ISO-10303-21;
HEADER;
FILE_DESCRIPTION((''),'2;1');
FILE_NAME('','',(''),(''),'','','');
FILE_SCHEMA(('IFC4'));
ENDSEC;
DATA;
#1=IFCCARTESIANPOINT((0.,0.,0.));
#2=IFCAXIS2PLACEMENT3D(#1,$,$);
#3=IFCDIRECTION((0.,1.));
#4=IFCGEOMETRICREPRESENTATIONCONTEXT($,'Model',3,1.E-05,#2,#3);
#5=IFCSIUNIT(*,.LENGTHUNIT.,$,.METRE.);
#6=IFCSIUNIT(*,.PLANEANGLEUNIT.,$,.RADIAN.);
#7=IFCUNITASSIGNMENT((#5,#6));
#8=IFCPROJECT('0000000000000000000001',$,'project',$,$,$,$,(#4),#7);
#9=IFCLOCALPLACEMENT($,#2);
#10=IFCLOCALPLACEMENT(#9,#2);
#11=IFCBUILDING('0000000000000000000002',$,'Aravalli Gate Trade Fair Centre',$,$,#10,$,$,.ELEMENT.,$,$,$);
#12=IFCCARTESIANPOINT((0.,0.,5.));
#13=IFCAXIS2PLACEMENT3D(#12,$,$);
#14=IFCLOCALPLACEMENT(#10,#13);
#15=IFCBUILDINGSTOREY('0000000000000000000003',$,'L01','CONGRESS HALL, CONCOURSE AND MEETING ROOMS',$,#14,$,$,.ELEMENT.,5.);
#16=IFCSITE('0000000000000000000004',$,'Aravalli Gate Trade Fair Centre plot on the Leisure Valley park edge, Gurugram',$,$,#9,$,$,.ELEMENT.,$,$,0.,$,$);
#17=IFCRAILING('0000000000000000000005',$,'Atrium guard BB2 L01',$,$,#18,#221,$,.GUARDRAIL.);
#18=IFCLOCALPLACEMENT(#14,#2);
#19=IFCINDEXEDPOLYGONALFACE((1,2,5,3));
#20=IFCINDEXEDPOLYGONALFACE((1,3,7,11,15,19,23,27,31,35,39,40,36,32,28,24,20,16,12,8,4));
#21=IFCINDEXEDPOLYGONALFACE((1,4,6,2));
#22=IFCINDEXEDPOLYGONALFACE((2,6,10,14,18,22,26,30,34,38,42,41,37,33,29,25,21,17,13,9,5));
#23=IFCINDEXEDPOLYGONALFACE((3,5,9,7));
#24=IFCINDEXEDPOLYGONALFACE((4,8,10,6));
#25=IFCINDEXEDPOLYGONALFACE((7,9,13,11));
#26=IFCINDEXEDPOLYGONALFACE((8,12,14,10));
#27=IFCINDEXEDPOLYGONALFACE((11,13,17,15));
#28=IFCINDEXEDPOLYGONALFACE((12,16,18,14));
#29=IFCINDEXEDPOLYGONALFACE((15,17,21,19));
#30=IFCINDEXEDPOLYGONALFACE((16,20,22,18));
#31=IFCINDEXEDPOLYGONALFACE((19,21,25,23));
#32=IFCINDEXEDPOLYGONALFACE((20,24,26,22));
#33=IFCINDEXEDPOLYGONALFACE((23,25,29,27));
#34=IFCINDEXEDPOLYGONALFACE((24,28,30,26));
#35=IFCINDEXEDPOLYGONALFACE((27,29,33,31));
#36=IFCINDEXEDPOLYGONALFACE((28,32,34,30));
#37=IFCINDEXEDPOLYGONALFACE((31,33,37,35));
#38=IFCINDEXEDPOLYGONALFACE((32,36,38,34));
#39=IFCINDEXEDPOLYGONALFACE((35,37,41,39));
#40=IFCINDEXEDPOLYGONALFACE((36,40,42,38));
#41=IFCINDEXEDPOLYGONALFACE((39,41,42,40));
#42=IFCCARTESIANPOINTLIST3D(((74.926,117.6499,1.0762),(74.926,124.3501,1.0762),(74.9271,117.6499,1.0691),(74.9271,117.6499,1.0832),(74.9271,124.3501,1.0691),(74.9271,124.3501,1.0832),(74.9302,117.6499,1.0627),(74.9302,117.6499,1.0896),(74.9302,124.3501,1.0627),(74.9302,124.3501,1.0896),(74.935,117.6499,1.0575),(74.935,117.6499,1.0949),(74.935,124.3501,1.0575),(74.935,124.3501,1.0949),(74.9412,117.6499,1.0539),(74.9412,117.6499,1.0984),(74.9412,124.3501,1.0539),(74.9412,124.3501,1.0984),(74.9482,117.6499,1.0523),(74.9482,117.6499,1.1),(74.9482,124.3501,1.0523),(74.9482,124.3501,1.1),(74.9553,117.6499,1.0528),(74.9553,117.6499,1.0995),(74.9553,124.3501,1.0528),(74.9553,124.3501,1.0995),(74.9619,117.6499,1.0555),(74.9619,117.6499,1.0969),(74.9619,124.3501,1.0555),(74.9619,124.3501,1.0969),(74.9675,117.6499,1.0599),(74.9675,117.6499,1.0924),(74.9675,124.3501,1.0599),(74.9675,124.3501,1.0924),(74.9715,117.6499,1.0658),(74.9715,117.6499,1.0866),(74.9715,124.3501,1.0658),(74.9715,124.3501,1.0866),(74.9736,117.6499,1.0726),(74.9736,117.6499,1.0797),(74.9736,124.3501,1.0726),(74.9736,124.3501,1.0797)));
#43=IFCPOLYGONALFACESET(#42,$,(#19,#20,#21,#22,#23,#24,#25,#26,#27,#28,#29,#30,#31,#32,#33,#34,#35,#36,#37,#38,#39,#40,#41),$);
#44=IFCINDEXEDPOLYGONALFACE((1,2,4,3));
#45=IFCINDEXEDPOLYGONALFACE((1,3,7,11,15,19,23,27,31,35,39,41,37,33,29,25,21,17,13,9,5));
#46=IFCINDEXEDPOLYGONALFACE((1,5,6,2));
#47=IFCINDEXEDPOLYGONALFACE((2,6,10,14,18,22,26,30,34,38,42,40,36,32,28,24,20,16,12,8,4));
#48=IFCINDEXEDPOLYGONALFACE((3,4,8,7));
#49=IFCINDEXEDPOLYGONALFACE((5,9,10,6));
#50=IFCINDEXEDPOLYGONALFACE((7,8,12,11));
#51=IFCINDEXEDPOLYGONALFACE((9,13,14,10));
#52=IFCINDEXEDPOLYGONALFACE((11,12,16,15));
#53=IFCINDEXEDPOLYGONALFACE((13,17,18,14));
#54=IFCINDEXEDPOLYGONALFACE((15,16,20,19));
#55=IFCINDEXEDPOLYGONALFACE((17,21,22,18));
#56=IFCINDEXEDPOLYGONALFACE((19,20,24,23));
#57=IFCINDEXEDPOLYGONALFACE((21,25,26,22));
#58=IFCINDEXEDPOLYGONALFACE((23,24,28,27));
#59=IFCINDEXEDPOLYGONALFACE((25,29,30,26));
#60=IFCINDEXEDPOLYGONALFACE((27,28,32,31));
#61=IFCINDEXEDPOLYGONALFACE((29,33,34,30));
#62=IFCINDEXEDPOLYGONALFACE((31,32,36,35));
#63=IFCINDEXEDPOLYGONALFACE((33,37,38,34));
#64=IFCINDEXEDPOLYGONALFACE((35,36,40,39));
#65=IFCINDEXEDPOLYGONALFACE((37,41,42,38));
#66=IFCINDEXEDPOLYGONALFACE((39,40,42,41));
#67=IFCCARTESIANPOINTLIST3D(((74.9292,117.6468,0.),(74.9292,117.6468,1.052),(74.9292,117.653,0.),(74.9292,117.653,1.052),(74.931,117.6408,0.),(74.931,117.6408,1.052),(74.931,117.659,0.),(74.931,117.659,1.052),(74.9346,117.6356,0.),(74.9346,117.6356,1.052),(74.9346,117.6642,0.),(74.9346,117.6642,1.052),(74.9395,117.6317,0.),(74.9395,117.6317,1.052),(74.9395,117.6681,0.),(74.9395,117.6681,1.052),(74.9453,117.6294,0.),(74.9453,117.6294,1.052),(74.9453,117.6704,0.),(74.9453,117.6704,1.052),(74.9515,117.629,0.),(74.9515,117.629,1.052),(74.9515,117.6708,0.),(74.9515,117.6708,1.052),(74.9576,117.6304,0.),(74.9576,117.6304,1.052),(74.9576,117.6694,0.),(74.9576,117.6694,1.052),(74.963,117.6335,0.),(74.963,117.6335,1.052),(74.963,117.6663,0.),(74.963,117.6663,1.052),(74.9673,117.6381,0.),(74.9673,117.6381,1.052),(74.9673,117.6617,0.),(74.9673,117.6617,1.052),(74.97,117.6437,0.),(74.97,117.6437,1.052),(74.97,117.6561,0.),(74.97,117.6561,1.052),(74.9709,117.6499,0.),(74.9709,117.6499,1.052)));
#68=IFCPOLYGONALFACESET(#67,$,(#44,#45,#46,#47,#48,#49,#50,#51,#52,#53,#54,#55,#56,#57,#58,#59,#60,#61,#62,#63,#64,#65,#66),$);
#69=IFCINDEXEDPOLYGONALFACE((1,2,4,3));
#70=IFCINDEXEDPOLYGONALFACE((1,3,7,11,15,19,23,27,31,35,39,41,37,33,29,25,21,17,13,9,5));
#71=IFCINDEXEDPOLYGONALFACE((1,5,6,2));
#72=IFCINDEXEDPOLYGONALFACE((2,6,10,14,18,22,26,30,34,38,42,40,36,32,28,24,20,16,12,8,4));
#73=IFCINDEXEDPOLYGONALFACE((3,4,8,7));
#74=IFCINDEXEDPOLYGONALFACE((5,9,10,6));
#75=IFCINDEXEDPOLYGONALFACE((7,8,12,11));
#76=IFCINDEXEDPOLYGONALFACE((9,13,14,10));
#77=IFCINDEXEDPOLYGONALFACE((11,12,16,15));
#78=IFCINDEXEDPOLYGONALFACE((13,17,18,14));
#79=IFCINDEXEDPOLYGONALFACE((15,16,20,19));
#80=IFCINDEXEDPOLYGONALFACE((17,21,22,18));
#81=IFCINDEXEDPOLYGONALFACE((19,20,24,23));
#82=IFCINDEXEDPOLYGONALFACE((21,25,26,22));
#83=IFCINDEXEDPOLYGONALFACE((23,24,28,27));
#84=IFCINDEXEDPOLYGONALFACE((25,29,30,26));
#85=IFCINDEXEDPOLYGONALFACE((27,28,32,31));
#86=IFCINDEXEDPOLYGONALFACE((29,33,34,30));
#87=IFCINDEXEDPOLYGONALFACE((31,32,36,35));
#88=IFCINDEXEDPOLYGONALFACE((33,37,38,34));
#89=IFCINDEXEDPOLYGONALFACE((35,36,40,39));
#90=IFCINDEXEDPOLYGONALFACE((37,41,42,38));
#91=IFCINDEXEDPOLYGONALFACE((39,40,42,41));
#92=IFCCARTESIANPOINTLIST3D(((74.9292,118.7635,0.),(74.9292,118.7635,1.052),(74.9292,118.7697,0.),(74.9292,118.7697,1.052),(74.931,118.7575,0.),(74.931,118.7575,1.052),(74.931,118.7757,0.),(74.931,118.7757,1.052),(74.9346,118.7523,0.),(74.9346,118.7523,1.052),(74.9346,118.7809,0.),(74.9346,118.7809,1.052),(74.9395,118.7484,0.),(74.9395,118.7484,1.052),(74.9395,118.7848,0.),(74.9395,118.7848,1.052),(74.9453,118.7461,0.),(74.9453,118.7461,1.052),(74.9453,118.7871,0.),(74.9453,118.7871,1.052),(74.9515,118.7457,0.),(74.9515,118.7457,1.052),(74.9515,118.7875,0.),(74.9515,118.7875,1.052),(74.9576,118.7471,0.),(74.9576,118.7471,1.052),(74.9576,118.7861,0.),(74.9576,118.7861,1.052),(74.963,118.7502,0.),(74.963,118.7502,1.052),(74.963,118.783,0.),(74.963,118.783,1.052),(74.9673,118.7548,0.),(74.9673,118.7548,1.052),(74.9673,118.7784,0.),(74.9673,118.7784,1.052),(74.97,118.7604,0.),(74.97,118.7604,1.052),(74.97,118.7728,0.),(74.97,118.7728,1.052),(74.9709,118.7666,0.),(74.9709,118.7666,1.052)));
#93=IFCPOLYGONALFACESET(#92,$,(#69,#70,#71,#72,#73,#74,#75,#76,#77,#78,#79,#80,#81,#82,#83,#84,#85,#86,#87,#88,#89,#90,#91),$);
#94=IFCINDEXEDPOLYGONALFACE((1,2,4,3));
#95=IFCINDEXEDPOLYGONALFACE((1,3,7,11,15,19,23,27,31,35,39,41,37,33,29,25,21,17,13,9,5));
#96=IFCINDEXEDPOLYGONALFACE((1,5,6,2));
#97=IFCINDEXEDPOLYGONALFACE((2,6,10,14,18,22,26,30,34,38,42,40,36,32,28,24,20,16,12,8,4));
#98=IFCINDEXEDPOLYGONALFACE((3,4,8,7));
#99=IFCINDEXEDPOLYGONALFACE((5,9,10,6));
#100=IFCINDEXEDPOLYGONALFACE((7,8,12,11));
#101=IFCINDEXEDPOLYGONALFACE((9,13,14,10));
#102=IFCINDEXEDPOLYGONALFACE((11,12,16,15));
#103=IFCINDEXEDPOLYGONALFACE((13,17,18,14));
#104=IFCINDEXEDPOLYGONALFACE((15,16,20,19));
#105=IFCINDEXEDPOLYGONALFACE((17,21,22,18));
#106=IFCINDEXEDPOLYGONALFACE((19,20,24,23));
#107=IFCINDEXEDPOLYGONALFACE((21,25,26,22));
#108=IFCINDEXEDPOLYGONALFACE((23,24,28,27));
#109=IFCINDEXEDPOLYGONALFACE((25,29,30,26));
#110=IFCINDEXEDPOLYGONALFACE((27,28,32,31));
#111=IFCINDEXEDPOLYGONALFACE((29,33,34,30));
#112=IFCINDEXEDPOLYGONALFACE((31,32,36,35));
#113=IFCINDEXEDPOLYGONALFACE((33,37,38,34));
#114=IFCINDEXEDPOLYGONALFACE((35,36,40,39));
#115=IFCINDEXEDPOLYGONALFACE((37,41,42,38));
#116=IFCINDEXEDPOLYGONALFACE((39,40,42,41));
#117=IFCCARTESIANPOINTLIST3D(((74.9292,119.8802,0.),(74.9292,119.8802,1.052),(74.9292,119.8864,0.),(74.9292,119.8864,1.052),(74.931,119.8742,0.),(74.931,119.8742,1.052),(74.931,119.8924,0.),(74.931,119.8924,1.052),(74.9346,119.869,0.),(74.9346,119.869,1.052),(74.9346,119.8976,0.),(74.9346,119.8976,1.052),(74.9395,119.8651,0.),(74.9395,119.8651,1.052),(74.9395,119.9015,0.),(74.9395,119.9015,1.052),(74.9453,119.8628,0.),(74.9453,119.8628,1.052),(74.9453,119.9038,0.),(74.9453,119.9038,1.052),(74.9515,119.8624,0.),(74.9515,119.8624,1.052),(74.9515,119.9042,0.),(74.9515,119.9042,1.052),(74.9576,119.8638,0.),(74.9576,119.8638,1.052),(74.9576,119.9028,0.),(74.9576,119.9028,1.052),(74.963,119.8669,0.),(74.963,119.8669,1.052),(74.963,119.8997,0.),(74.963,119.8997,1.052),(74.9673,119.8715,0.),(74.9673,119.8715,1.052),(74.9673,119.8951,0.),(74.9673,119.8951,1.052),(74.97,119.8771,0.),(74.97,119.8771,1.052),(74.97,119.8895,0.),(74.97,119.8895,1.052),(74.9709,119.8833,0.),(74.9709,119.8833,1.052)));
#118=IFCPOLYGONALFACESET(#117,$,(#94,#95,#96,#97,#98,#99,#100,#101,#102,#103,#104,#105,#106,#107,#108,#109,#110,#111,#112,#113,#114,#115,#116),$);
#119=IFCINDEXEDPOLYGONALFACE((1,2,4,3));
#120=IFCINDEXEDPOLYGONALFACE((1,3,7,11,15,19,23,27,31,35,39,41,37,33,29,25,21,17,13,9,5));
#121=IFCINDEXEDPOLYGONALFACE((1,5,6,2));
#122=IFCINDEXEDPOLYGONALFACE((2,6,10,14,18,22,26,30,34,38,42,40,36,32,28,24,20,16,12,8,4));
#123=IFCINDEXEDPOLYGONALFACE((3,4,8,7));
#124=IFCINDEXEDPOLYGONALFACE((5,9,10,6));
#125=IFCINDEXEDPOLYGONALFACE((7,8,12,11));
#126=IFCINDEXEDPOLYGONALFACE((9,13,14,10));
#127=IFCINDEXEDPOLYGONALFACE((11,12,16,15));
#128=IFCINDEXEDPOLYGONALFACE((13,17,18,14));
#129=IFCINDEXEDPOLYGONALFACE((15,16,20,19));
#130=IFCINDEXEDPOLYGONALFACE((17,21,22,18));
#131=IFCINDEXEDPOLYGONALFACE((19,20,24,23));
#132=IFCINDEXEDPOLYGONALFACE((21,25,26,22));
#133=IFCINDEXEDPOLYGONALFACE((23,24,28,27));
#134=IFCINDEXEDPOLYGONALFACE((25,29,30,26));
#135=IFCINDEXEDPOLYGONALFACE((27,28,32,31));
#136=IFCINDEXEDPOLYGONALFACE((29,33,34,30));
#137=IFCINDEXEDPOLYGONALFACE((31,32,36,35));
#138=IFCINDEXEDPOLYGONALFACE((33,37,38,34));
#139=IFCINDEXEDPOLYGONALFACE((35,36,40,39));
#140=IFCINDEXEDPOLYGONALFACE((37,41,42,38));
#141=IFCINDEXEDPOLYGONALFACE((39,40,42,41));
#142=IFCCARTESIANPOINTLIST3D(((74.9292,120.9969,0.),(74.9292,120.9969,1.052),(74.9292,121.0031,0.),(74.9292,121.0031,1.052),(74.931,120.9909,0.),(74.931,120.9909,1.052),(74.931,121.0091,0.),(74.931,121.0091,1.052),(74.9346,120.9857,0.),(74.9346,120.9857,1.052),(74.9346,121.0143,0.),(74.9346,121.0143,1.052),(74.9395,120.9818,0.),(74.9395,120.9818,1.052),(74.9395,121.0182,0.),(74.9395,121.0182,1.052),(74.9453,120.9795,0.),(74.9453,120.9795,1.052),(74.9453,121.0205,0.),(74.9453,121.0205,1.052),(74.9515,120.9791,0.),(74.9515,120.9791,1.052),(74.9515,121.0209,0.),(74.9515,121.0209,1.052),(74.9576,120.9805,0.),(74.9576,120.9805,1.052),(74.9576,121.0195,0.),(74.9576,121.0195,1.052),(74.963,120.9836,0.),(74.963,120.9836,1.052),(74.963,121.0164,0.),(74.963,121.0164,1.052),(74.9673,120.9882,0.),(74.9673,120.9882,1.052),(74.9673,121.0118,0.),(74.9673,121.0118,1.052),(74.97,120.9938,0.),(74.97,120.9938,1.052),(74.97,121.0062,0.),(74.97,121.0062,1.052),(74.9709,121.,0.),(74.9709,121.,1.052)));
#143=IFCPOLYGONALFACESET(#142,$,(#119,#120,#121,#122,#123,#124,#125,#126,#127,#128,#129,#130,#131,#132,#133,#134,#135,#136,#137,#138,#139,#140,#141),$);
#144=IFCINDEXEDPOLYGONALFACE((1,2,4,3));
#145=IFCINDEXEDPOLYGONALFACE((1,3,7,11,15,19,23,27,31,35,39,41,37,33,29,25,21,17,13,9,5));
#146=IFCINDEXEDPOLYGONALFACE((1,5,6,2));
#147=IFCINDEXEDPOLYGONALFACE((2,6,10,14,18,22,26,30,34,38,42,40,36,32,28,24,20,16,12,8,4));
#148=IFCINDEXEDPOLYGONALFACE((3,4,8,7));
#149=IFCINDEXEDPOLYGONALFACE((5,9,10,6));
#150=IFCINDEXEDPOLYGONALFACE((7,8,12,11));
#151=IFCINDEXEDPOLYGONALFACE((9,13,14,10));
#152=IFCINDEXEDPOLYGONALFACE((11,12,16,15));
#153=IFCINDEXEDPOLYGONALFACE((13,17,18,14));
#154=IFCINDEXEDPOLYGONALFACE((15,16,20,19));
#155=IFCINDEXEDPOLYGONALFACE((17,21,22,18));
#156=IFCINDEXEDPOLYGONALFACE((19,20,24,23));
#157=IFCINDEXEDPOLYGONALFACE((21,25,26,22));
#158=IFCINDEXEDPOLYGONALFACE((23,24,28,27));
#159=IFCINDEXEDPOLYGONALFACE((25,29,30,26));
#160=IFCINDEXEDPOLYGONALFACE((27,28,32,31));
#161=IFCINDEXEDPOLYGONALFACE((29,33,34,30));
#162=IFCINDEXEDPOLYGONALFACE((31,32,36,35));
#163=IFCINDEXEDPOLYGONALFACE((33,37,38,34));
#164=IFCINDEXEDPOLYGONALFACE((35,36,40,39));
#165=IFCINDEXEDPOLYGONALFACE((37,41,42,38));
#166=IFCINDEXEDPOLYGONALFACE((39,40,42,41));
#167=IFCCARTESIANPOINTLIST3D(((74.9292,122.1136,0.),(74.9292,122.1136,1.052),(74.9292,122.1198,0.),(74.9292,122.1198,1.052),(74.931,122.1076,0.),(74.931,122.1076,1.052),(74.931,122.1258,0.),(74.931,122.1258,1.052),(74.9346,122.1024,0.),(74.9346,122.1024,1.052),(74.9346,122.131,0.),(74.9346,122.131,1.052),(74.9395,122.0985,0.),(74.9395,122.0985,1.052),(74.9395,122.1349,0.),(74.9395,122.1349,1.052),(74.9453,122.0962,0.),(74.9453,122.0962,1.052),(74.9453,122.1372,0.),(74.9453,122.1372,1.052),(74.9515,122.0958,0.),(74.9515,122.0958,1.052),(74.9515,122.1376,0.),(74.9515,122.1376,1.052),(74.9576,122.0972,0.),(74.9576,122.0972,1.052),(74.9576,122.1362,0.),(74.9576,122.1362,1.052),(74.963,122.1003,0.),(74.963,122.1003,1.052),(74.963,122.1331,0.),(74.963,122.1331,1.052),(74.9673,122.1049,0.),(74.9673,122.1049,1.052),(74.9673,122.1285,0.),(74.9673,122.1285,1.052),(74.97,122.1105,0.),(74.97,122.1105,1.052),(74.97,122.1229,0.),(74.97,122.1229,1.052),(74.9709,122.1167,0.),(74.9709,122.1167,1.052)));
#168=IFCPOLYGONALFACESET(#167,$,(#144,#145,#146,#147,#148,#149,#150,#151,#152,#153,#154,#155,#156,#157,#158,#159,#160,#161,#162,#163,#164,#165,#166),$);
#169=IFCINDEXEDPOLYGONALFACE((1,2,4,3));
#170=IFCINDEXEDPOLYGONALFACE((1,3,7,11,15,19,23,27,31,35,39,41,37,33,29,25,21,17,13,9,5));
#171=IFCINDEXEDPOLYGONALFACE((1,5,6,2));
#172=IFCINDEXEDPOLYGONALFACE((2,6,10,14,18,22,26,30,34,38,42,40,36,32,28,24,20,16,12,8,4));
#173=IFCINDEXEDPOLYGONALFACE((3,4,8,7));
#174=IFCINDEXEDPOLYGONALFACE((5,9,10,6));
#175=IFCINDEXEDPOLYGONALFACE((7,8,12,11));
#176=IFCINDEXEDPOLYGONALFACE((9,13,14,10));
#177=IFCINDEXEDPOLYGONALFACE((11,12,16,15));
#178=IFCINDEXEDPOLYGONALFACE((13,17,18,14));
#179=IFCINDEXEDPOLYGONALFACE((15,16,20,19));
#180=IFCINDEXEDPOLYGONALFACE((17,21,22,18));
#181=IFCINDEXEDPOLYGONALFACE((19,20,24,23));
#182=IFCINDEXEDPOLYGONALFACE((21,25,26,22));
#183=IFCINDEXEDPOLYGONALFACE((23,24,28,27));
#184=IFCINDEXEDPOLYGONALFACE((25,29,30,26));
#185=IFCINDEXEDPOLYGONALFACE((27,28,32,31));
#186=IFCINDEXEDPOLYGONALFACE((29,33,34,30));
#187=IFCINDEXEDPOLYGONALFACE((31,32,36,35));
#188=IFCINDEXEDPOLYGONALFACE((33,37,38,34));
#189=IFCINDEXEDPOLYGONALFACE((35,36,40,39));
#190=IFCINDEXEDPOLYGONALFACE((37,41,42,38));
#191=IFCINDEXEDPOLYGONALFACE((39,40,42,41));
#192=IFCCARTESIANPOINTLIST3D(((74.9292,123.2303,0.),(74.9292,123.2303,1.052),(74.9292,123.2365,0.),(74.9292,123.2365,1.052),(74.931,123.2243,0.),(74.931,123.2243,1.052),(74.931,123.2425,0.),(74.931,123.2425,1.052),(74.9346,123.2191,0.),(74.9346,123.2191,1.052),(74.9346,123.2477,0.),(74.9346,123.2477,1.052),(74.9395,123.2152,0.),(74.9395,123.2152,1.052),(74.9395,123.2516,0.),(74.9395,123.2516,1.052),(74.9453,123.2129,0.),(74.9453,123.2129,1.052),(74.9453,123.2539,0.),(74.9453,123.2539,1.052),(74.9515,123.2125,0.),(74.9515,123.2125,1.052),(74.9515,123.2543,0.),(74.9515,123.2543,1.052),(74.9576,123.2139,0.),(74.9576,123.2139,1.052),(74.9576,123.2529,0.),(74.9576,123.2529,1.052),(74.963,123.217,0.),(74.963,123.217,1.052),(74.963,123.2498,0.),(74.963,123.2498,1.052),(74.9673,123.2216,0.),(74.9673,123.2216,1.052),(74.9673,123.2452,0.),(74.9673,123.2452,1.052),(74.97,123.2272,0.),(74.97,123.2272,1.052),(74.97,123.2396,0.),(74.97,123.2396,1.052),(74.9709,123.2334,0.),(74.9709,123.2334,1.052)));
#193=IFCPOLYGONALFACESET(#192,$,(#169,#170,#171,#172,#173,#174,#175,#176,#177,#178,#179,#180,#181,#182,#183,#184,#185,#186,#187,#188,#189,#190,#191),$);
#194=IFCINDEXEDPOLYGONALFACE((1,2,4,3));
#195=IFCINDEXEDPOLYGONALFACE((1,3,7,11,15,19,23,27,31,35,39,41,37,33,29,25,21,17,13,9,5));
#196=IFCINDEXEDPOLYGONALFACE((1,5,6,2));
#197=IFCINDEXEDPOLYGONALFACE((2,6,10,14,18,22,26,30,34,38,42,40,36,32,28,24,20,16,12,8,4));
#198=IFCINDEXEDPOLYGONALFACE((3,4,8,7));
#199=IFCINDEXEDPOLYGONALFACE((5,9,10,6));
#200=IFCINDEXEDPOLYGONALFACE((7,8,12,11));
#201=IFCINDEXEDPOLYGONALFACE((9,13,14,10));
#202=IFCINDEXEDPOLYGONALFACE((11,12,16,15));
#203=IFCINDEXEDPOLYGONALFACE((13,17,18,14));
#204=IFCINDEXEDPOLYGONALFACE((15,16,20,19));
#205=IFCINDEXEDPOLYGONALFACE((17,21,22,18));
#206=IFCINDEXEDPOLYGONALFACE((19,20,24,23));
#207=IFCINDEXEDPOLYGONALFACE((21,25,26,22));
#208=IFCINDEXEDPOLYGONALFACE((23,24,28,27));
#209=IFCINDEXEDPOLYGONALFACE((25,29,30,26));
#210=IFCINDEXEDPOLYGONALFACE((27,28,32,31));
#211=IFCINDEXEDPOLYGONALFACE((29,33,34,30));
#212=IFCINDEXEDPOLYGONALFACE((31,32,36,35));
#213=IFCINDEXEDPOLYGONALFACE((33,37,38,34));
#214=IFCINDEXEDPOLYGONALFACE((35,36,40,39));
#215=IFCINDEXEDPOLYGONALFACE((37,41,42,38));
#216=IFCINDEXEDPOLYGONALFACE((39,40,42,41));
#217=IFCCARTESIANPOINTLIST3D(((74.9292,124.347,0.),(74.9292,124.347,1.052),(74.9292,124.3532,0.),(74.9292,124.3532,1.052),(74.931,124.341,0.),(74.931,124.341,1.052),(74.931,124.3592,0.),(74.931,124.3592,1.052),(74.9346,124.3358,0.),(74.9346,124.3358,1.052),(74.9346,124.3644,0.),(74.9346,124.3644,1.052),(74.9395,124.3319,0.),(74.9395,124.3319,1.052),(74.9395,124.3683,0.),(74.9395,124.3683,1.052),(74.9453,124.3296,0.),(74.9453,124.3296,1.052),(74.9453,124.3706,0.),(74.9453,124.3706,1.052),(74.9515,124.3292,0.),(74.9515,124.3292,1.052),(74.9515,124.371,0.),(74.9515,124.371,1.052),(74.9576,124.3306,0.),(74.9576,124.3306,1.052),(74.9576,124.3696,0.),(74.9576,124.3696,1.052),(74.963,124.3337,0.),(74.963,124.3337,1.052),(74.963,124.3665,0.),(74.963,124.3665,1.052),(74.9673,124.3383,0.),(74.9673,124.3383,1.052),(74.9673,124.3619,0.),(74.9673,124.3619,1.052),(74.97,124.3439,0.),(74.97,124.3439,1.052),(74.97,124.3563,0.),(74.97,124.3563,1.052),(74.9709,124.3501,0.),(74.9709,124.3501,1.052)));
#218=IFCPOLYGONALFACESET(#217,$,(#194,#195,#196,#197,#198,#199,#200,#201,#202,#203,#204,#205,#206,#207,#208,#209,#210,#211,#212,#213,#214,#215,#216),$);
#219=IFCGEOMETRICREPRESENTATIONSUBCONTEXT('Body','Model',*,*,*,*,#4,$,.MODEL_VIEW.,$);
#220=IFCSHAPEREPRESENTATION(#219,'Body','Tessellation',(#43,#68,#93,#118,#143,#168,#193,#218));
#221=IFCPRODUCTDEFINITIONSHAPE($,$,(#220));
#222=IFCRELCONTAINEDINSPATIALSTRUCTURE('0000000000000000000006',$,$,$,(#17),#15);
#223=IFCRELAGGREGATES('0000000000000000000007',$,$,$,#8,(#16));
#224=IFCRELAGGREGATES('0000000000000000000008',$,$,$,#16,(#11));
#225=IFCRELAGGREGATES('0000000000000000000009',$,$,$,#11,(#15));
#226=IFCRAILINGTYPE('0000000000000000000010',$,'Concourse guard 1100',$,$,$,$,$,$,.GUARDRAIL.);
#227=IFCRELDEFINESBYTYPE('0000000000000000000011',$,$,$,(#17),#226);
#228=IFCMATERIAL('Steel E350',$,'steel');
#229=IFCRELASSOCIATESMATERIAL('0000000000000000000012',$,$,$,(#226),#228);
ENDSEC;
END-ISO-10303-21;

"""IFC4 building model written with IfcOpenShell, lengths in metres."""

from ifc_helpers import new_model, si_unit, direction, frame, origin, origin_2d, place, context, subcontext, project, spatial, circle, extrude, material, type_object, element, save


model = new_model("IFC4")

# Units and contexts
model_context = context("Model", 3, precision=1e-05, world=origin(), true_north=direction((0.0, 1.0)))
body_context = subcontext(model_context, "Body", "Model", "MODEL_VIEW")
ifc_project = project(units=[si_unit("LENGTHUNIT", "METRE"), si_unit("PLANEANGLEUNIT", "RADIAN")], contexts=[model_context])

# Site, building, storey
site_placement = place(None, origin())
site = spatial("IfcSite", under=ifc_project, at=site_placement, Name="Aravalli Gate Trade Fair Centre plot on the Leisure Valley park edge, Gurugram", CompositionType="ELEMENT", RefElevation=0.0)
building_placement = place(site_placement, origin())
building = spatial("IfcBuilding", under=site, at=building_placement, Name="Aravalli Gate Trade Fair Centre", CompositionType="ELEMENT")
storey_placement = place(building_placement, frame((0.0, 0.0, 5.0)))
storey = spatial("IfcBuildingStorey", under=building, at=storey_placement, Name="L01", Description="CONGRESS HALL, CONCOURSE AND MEETING ROOMS", CompositionType="ELEMENT", Elevation=5.0)

# Shared definitions
ifc_material_1 = material(Name="Steel E350", Category="steel")

# Railing
railing_type = type_object("IfcRailingType", Name="Concourse guard 1100", PredefinedType="GUARDRAIL", material=ifc_material_1)
railing_1_placement = place(storey_placement, frame((74.95, 117.6499, 0.0)))
element("IfcRailing", 1, at=railing_1_placement, inside=storey, type_object=railing_type, Name="Atrium guard BB2 L01", PredefinedType="GUARDRAIL", context=body_context, shape_type="SweptSolid", body=[
    extrude(circle(Radius=0.0239, at=origin_2d()), frame((0.0, 0.0, 1.0762), z_axis=(0.0, 1.0, 0.0), x_axis=(-1.0, 0.0, 0.0)), (0.0, 0.0, 1.0), 6.7002),
    extrude(circle(Radius=0.021, at=origin_2d()), origin(), (0.0, 0.0, 1.0), 1.052),
    extrude(circle(Radius=0.021, at=origin_2d()), frame((0.0, 1.1167, 0.0)), (0.0, 0.0, 1.0), 1.052),
    extrude(circle(Radius=0.021, at=origin_2d()), frame((0.0, 2.2334, 0.0)), (0.0, 0.0, 1.0), 1.052),
    extrude(circle(Radius=0.021, at=origin_2d()), frame((0.0, 3.3501, 0.0)), (0.0, 0.0, 1.0), 1.052),
    extrude(circle(Radius=0.021, at=origin_2d()), frame((0.0, 4.4668, 0.0)), (0.0, 0.0, 1.0), 1.052),
    extrude(circle(Radius=0.021, at=origin_2d()), frame((0.0, 5.5835, 0.0)), (0.0, 0.0, 1.0), 1.052),
    extrude(circle(Radius=0.021, at=origin_2d()), frame((0.0, 6.7002, 0.0)), (0.0, 0.0, 1.0), 1.052),
])

save(model, "model.ifc")
